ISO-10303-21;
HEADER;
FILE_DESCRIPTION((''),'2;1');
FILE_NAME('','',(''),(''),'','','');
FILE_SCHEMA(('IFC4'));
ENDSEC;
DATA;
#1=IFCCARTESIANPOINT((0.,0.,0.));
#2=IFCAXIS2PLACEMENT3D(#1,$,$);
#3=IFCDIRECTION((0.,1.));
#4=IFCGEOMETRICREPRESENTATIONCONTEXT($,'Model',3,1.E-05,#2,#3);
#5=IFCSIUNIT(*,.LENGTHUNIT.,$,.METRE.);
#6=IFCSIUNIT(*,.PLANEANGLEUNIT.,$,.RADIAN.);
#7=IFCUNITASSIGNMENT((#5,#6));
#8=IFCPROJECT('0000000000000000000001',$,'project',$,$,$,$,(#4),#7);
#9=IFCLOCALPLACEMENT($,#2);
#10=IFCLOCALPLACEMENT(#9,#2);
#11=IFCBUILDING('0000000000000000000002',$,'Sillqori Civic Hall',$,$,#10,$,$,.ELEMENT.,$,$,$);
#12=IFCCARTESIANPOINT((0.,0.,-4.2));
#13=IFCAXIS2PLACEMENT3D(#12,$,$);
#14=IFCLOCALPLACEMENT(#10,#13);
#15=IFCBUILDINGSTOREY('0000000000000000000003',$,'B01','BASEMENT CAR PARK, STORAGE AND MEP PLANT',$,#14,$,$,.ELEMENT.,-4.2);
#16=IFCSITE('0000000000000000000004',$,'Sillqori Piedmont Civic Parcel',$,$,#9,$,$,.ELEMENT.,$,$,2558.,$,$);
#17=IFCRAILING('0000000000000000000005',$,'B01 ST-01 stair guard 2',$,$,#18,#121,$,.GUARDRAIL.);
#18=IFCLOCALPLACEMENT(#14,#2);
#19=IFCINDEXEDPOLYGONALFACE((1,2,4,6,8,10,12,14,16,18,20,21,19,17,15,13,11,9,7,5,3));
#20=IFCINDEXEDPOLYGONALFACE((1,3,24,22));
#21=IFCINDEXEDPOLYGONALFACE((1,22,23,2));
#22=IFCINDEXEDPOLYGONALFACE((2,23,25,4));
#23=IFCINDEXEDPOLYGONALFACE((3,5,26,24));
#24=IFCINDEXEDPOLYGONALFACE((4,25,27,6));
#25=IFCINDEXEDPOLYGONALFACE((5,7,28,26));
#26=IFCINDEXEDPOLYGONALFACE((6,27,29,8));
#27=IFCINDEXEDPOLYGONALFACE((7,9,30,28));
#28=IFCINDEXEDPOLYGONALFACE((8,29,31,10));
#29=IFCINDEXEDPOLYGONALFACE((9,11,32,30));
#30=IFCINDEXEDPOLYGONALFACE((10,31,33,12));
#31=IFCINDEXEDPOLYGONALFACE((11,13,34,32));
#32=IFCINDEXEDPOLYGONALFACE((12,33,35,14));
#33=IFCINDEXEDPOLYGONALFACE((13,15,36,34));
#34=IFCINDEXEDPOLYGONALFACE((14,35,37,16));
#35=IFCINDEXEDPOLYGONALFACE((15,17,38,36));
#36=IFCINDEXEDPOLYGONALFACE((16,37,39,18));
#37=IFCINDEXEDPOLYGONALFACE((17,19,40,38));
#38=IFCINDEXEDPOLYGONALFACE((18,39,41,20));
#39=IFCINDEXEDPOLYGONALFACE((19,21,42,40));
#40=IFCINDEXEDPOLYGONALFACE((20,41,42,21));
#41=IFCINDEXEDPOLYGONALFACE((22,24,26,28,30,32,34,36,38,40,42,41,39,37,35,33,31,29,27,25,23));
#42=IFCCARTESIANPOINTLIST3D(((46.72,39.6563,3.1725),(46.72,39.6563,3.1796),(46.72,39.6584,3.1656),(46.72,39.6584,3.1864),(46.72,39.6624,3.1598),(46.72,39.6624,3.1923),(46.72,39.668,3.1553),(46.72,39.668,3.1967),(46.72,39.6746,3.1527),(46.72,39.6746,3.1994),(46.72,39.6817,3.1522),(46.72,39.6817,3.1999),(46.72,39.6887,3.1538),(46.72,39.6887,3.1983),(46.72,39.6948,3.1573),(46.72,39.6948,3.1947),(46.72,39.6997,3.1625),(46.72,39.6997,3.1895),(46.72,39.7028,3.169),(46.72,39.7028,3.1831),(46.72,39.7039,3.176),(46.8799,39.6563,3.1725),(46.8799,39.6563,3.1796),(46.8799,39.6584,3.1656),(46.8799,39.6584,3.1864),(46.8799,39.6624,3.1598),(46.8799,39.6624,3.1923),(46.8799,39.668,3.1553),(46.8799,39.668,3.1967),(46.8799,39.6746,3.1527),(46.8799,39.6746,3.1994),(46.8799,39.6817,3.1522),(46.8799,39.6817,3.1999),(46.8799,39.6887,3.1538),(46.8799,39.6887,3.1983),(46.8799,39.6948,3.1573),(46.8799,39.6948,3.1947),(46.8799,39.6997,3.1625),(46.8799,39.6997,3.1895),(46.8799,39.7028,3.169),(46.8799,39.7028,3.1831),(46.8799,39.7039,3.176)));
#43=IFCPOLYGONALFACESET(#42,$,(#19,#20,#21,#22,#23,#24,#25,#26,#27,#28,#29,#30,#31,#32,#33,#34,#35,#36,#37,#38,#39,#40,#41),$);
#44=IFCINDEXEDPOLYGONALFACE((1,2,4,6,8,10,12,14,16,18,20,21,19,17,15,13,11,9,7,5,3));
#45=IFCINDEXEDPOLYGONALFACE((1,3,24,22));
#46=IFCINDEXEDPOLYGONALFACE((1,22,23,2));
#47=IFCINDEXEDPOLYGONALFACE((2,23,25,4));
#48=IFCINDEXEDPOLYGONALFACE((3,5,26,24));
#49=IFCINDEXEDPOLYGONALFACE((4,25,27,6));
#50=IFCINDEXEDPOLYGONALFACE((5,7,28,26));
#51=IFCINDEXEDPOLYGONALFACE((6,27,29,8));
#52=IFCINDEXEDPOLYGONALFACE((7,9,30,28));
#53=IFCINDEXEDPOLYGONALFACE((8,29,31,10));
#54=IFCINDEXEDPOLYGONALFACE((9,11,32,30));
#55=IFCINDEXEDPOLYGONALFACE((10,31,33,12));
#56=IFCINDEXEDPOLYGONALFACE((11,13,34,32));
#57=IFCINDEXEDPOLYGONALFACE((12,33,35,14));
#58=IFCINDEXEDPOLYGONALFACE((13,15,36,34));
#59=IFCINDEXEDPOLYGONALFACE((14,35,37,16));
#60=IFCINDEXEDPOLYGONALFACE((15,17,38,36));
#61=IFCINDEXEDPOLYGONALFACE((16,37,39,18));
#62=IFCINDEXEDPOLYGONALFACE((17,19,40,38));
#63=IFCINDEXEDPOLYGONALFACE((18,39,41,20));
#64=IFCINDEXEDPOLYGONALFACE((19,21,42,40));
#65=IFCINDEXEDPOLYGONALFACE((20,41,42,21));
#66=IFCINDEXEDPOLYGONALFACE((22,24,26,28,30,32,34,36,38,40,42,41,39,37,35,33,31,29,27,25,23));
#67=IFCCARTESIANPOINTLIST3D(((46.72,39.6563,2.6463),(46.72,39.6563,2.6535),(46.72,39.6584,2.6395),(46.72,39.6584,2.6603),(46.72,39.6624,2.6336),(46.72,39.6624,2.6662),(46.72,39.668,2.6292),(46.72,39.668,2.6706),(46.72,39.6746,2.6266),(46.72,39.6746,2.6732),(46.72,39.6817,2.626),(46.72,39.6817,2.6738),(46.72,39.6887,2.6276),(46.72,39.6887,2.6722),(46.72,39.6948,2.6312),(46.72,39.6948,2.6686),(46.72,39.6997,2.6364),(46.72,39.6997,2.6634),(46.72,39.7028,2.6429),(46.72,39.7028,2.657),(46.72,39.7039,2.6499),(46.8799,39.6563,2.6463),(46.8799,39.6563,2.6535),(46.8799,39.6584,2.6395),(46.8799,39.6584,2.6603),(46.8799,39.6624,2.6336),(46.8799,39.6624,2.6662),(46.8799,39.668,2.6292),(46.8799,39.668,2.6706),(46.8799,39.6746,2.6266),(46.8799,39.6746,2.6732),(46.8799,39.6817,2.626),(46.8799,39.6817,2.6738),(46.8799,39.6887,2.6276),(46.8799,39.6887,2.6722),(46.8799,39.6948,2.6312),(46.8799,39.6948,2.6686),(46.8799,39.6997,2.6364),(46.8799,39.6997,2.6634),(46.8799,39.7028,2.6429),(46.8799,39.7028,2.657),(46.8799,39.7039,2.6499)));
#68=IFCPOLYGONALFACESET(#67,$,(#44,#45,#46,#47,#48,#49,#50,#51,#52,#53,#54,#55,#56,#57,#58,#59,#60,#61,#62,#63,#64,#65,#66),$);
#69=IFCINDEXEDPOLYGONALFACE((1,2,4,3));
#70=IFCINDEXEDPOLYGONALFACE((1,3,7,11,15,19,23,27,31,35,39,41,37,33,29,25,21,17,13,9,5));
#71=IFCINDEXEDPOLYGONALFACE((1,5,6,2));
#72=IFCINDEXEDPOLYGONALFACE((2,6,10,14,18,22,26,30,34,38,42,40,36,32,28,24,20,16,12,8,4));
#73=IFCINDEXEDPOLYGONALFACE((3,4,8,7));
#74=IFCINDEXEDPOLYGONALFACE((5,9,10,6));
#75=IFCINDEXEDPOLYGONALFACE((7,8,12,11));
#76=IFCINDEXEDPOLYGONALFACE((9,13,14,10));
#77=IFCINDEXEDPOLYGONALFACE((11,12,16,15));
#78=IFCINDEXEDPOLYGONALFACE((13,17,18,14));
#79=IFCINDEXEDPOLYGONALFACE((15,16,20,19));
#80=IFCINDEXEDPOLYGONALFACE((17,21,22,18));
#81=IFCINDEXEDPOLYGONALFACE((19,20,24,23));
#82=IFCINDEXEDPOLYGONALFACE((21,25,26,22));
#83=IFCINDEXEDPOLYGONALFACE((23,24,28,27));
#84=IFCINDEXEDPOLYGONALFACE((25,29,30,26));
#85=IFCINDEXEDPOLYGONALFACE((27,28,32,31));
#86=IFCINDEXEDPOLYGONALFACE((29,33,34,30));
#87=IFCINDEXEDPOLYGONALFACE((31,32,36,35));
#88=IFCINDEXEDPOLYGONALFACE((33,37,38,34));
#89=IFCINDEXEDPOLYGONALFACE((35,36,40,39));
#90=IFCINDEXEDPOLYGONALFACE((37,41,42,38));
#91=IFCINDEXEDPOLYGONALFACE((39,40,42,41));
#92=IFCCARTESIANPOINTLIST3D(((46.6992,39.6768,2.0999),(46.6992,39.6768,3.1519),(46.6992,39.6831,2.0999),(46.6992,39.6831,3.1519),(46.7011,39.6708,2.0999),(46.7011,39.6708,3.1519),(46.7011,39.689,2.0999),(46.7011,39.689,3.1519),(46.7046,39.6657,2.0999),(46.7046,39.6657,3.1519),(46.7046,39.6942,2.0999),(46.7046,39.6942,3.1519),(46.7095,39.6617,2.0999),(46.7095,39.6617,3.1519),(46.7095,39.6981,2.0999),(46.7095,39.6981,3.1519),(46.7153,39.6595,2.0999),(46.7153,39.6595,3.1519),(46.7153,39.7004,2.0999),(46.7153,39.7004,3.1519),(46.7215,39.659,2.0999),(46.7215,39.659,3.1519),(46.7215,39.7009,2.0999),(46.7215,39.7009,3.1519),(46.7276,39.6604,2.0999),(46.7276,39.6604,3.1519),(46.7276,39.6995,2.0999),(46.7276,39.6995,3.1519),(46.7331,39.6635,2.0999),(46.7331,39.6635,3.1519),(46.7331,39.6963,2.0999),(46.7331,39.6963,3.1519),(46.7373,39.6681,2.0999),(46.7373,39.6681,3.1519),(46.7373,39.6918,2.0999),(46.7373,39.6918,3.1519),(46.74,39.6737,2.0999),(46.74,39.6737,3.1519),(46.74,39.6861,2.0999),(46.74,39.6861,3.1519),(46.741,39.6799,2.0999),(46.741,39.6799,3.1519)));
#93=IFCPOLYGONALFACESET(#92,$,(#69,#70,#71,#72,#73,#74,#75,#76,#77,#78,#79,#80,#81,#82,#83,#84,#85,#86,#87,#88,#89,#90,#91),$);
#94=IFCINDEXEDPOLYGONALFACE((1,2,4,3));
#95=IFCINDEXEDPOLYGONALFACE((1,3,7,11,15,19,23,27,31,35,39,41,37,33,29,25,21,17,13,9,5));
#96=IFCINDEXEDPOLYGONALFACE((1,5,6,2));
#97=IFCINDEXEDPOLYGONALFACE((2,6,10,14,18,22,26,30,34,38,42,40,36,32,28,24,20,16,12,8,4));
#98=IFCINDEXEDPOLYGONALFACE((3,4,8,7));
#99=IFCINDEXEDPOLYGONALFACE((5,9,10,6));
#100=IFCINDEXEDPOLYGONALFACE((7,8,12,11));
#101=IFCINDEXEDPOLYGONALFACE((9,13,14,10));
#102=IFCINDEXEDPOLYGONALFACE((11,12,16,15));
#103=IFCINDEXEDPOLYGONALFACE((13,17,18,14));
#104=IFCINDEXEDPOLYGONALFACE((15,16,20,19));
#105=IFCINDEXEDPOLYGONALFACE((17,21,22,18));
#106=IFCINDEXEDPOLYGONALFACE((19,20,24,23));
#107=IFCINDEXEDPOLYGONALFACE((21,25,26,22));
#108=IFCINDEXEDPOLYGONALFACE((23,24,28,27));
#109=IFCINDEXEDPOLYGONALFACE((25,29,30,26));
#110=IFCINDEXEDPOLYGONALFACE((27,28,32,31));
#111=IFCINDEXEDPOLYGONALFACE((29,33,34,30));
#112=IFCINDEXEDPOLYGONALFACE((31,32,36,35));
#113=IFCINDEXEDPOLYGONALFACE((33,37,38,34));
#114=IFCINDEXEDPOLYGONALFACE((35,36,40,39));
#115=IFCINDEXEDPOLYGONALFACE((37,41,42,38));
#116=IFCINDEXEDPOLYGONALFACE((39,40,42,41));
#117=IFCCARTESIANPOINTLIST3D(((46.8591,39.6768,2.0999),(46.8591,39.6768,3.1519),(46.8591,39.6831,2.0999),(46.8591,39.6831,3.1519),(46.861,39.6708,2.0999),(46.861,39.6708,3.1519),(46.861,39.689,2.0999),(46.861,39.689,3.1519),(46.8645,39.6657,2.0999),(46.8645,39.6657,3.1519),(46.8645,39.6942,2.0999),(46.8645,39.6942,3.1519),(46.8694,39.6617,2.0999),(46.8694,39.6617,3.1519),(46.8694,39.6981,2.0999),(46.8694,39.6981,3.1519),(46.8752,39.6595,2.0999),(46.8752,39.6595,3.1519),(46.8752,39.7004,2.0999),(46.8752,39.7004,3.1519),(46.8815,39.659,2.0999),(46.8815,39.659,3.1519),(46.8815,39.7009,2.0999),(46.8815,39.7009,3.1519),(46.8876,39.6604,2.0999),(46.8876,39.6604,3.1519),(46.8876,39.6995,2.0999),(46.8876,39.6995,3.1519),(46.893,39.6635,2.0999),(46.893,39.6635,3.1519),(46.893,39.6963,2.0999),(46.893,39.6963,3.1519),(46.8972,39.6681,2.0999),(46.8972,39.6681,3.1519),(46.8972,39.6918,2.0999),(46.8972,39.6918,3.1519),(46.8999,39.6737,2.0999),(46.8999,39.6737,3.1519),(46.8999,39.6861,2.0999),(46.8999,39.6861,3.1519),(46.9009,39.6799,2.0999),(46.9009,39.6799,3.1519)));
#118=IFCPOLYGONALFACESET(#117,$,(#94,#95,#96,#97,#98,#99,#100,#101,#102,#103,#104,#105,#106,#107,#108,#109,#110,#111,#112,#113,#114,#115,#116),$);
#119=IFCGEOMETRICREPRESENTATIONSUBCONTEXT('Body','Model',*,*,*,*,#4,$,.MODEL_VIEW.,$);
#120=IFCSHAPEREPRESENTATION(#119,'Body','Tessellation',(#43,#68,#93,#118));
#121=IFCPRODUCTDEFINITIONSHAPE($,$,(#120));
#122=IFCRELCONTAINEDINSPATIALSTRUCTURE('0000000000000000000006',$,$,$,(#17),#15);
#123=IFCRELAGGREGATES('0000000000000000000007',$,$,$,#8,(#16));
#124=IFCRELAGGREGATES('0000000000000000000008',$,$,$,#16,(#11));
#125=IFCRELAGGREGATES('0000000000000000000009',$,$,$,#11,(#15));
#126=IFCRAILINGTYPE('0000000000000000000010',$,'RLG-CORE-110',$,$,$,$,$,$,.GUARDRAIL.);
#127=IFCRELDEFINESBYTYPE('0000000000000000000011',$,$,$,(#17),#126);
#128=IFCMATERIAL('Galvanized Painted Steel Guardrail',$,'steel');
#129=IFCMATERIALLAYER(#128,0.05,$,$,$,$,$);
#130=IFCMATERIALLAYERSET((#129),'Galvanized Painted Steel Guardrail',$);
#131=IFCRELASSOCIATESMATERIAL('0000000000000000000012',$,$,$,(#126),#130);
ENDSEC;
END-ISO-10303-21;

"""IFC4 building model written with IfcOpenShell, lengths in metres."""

from ifc_helpers import new_model, si_unit, direction, frame, origin, origin_2d, place, context, subcontext, project, spatial, circle, extrude, material, layer, layer_set, type_object, element, save


model = new_model("IFC4")

# Units and contexts
model_context = context("Model", 3, precision=1e-05, world=origin(), true_north=direction((0.0, 1.0)))
body_context = subcontext(model_context, "Body", "Model", "MODEL_VIEW")
ifc_project = project(units=[si_unit("LENGTHUNIT", "METRE"), si_unit("PLANEANGLEUNIT", "RADIAN")], contexts=[model_context])

# Site, building, storey
site_placement = place(None, origin())
site = spatial("IfcSite", under=ifc_project, at=site_placement, Name="Sillqori Piedmont Civic Parcel", CompositionType="ELEMENT", RefElevation=2558.0)
building_placement = place(site_placement, origin())
building = spatial("IfcBuilding", under=site, at=building_placement, Name="Sillqori Civic Hall", CompositionType="ELEMENT")
storey_placement = place(building_placement, frame((0.0, 0.0, -4.2)))
storey = spatial("IfcBuildingStorey", under=building, at=storey_placement, Name="B01", Description="BASEMENT CAR PARK, STORAGE AND MEP PLANT", CompositionType="ELEMENT", Elevation=-4.2)

# Railing
ifc_material_1 = material(Name="Galvanized Painted Steel Guardrail", Category="steel")
ifc_layer_1 = layer(ifc_material_1, 0.05)
ifc_layer_set_1 = layer_set([ifc_layer_1], Name="Galvanized Painted Steel Guardrail")
railing_type_1 = type_object("IfcRailingType", Name="RLG-CORE-110", PredefinedType="GUARDRAIL", material=ifc_layer_set_1)
railing_1_placement = place(storey_placement, frame((46.72, 39.6799, 2.0999)))
element("IfcRailing", 1, at=railing_1_placement, inside=storey, type_object=railing_type_1, Name="B01 ST-01 stair guard 2", PredefinedType="GUARDRAIL", context=body_context, shape_type="SweptSolid", body=[
    extrude(circle(Radius=0.0239, at=origin_2d()), frame((0.0, 0.0, 1.0762), z_axis=(1.0, 0.0, 0.0), x_axis=(0.0, 1.0, 0.0)), (0.0, 0.0, 1.0), 0.1599),
    extrude(circle(Radius=0.0239, at=origin_2d()), frame((0.0, 0.0, 0.55), z_axis=(1.0, 0.0, 0.0), x_axis=(0.0, 1.0, 0.0)), (0.0, 0.0, 1.0), 0.1599),
    extrude(circle(Radius=0.021, at=origin_2d()), origin(), (0.0, 0.0, 1.0), 1.052),
    extrude(circle(Radius=0.021, at=origin_2d()), frame((0.1599, 0.0, 0.0)), (0.0, 0.0, 1.0), 1.052),
])

save(model, "model.ifc")
